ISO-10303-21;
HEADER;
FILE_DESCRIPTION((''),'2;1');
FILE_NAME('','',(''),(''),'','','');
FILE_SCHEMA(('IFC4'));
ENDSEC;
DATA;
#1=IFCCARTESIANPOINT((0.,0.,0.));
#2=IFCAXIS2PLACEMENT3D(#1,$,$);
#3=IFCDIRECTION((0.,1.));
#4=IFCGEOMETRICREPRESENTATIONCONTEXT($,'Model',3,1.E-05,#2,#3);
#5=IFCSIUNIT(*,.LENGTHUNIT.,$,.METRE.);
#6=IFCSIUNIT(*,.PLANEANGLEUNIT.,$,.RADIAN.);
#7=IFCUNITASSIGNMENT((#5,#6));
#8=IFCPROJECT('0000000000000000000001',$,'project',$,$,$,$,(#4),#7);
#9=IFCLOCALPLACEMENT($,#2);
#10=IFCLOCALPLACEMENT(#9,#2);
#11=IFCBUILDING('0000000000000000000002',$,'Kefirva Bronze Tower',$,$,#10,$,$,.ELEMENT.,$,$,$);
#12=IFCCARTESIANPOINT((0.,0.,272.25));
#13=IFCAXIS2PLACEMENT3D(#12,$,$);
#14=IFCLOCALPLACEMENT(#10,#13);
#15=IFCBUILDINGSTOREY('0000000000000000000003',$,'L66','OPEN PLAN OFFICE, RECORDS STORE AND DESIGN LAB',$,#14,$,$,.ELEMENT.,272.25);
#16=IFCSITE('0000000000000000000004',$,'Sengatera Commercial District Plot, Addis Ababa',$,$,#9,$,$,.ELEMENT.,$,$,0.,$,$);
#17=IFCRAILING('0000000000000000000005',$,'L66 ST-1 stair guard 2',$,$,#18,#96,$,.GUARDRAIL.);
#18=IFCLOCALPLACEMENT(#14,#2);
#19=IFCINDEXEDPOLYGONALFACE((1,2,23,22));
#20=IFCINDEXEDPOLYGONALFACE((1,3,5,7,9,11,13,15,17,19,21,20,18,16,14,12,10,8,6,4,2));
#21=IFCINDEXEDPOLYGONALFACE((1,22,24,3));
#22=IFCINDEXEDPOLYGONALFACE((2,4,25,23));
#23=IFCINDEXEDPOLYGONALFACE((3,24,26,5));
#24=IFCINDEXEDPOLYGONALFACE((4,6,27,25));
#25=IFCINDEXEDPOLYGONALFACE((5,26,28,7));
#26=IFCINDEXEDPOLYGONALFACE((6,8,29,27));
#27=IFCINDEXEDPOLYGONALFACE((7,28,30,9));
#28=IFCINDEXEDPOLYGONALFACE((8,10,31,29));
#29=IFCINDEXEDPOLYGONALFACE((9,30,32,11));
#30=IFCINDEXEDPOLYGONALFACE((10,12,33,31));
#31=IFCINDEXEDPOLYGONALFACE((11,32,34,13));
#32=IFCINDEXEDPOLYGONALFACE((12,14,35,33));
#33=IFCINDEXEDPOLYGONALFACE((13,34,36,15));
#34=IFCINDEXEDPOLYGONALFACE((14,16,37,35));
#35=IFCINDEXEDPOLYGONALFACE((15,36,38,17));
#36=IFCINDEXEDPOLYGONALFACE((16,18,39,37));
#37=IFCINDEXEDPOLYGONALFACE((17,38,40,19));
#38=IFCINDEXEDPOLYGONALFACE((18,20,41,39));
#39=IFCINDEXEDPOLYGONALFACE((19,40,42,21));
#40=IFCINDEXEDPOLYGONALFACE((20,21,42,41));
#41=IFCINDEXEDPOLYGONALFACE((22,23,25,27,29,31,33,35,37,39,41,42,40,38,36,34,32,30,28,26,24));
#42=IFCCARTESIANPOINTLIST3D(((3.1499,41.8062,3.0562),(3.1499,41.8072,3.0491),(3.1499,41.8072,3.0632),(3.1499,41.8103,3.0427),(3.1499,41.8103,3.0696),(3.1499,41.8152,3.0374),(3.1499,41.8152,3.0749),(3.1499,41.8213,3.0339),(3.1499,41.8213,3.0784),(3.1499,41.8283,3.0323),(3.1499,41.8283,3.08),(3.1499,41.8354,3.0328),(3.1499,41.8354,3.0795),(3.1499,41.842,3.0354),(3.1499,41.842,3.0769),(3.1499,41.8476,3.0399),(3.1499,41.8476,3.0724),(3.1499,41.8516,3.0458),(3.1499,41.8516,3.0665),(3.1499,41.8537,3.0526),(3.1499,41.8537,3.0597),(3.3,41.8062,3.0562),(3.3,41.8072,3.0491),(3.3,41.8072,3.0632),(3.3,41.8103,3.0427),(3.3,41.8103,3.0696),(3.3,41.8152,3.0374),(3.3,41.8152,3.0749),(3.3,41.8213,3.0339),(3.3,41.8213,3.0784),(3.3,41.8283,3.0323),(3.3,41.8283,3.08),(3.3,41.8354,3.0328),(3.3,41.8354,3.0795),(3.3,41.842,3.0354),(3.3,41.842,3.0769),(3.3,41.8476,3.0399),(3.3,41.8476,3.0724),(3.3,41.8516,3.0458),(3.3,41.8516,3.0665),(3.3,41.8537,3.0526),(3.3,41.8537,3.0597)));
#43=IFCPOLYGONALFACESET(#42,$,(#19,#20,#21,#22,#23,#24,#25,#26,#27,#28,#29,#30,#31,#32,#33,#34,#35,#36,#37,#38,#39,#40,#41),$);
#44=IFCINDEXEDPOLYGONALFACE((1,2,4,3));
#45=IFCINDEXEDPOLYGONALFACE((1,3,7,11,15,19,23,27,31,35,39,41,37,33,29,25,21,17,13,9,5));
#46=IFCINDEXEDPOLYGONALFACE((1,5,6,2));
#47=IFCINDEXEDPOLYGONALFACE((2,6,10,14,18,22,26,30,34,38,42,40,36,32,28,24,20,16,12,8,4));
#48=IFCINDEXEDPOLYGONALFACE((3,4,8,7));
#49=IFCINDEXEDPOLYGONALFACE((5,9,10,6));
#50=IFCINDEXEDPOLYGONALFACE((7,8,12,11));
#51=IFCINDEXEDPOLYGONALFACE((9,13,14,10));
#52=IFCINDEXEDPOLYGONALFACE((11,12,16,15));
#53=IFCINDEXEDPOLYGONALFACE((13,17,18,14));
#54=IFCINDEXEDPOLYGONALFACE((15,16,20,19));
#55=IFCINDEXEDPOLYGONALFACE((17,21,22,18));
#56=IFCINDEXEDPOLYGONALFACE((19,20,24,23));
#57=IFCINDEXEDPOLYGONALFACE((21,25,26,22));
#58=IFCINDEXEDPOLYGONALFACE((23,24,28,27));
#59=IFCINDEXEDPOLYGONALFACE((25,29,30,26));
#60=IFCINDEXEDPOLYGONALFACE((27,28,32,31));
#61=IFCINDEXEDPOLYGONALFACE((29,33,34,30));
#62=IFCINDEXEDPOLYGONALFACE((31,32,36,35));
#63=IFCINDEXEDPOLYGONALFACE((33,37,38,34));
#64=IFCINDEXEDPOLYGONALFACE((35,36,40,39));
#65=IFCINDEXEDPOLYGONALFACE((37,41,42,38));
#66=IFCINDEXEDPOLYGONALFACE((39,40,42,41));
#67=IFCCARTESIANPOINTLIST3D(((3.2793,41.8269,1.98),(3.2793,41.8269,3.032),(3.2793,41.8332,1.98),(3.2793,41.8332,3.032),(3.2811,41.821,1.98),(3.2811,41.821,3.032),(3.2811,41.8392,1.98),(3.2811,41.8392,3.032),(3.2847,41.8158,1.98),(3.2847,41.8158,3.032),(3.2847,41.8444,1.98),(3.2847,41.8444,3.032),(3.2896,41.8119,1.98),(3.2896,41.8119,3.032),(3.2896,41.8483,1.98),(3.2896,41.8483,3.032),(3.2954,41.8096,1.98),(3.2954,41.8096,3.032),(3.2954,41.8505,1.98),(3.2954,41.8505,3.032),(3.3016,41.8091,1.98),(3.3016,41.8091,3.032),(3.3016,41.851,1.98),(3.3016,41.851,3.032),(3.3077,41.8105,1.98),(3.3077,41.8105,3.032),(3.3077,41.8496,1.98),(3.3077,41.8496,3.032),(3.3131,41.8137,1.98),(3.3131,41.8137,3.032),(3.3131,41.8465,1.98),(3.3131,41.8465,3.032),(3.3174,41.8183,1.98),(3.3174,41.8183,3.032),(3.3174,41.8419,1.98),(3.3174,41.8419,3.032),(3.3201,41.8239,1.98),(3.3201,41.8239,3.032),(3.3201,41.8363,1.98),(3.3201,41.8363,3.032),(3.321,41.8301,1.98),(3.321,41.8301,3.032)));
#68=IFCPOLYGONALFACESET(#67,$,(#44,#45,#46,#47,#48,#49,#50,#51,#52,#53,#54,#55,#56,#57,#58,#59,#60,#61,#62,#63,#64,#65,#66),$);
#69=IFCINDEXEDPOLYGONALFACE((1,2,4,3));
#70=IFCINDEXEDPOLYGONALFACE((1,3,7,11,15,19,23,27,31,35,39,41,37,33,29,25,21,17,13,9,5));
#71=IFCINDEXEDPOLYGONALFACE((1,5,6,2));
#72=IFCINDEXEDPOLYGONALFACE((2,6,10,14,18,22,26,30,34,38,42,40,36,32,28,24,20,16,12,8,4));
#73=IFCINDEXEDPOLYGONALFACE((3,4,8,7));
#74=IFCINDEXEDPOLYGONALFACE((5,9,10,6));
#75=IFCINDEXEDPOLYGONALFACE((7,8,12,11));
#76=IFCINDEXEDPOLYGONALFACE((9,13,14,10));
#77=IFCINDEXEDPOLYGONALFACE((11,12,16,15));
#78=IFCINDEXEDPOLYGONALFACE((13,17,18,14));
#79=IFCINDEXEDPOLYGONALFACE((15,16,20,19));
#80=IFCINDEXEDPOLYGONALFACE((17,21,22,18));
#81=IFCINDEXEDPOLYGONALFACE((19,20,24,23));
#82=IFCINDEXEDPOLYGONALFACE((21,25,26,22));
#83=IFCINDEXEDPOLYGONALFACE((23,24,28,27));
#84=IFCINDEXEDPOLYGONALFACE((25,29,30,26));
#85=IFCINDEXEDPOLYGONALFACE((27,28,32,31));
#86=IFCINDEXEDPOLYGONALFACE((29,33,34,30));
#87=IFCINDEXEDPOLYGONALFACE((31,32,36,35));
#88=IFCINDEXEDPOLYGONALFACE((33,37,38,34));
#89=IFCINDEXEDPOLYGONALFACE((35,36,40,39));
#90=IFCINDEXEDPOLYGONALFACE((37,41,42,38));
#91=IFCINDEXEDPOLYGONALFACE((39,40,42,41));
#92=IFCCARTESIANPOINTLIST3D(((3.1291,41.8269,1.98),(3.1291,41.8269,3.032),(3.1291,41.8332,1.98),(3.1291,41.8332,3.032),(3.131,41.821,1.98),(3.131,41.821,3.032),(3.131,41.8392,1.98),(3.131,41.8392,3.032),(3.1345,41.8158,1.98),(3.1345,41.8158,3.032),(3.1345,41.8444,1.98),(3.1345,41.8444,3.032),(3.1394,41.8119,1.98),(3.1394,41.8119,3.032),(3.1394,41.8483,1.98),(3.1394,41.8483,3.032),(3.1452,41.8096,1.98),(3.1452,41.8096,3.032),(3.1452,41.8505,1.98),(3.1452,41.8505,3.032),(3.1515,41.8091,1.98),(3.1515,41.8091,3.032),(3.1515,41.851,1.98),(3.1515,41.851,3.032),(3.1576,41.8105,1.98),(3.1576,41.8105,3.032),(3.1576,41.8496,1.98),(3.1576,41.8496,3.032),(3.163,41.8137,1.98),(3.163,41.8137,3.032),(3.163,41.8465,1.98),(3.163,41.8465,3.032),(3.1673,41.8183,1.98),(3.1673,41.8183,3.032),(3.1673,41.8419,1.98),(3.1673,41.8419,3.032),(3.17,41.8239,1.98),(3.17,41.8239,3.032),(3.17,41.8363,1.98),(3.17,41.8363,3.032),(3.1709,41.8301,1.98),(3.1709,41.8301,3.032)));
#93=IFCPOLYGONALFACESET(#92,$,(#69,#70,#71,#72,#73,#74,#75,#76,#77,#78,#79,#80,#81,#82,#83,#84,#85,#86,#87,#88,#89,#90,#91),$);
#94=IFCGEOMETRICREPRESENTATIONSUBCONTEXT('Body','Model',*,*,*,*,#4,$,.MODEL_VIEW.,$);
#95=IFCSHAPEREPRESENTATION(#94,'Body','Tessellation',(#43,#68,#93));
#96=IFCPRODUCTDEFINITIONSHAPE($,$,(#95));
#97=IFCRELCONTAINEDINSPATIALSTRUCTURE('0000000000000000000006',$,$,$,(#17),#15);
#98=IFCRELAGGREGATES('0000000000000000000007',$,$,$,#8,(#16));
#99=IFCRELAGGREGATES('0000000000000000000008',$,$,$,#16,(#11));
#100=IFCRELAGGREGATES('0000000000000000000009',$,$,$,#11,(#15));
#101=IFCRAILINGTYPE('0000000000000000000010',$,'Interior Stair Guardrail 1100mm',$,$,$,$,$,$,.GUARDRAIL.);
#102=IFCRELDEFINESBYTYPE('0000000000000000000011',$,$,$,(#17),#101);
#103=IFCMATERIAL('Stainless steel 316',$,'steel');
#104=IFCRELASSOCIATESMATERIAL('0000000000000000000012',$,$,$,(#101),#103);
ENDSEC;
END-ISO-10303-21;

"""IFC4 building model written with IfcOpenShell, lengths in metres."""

from ifc_helpers import new_model, si_unit, direction, frame, origin, origin_2d, place, context, subcontext, project, spatial, circle, extrude, material, type_object, element, save


model = new_model("IFC4")

# Units and contexts
model_context = context("Model", 3, precision=1e-05, world=origin(), true_north=direction((0.0, 1.0)))
body_context = subcontext(model_context, "Body", "Model", "MODEL_VIEW")
ifc_project = project(units=[si_unit("LENGTHUNIT", "METRE"), si_unit("PLANEANGLEUNIT", "RADIAN")], contexts=[model_context])

# Site, building, storey
site_placement = place(None, origin())
site = spatial("IfcSite", under=ifc_project, at=site_placement, Name="Sengatera Commercial District Plot, Addis Ababa", CompositionType="ELEMENT", RefElevation=0.0)
building_placement = place(site_placement, origin())
building = spatial("IfcBuilding", under=site, at=building_placement, Name="Kefirva Bronze Tower", CompositionType="ELEMENT")
storey_placement = place(building_placement, frame((0.0, 0.0, 272.25)))
storey = spatial("IfcBuildingStorey", under=building, at=storey_placement, Name="L66", Description="OPEN PLAN OFFICE, RECORDS STORE AND DESIGN LAB", CompositionType="ELEMENT", Elevation=272.25)

# Railing
ifc_material_1 = material(Name="Stainless steel 316", Category="steel")
railing_type_1 = type_object("IfcRailingType", Name="Interior Stair Guardrail 1100mm", PredefinedType="GUARDRAIL", material=ifc_material_1)
railing_1_placement = place(storey_placement, frame((3.3, 41.8301, 1.98)))
element("IfcRailing", 1, at=railing_1_placement, inside=storey, type_object=railing_type_1, Name="L66 ST-1 stair guard 2", PredefinedType="GUARDRAIL", context=body_context, shape_type="SweptSolid", body=[
    extrude(circle(Radius=0.0239, at=origin_2d()), frame((0.0, 0.0, 1.0762), z_axis=(-1.0, 0.0, 0.0), x_axis=(0.0, -1.0, 0.0)), (0.0, 0.0, 1.0), 0.1501),
    extrude(circle(Radius=0.021, at=origin_2d()), origin(), (0.0, 0.0, 1.0), 1.052),
    extrude(circle(Radius=0.021, at=origin_2d()), frame((-0.1501, 0.0, 0.0)), (0.0, 0.0, 1.0), 1.052),
])

save(model, "model.ifc")
